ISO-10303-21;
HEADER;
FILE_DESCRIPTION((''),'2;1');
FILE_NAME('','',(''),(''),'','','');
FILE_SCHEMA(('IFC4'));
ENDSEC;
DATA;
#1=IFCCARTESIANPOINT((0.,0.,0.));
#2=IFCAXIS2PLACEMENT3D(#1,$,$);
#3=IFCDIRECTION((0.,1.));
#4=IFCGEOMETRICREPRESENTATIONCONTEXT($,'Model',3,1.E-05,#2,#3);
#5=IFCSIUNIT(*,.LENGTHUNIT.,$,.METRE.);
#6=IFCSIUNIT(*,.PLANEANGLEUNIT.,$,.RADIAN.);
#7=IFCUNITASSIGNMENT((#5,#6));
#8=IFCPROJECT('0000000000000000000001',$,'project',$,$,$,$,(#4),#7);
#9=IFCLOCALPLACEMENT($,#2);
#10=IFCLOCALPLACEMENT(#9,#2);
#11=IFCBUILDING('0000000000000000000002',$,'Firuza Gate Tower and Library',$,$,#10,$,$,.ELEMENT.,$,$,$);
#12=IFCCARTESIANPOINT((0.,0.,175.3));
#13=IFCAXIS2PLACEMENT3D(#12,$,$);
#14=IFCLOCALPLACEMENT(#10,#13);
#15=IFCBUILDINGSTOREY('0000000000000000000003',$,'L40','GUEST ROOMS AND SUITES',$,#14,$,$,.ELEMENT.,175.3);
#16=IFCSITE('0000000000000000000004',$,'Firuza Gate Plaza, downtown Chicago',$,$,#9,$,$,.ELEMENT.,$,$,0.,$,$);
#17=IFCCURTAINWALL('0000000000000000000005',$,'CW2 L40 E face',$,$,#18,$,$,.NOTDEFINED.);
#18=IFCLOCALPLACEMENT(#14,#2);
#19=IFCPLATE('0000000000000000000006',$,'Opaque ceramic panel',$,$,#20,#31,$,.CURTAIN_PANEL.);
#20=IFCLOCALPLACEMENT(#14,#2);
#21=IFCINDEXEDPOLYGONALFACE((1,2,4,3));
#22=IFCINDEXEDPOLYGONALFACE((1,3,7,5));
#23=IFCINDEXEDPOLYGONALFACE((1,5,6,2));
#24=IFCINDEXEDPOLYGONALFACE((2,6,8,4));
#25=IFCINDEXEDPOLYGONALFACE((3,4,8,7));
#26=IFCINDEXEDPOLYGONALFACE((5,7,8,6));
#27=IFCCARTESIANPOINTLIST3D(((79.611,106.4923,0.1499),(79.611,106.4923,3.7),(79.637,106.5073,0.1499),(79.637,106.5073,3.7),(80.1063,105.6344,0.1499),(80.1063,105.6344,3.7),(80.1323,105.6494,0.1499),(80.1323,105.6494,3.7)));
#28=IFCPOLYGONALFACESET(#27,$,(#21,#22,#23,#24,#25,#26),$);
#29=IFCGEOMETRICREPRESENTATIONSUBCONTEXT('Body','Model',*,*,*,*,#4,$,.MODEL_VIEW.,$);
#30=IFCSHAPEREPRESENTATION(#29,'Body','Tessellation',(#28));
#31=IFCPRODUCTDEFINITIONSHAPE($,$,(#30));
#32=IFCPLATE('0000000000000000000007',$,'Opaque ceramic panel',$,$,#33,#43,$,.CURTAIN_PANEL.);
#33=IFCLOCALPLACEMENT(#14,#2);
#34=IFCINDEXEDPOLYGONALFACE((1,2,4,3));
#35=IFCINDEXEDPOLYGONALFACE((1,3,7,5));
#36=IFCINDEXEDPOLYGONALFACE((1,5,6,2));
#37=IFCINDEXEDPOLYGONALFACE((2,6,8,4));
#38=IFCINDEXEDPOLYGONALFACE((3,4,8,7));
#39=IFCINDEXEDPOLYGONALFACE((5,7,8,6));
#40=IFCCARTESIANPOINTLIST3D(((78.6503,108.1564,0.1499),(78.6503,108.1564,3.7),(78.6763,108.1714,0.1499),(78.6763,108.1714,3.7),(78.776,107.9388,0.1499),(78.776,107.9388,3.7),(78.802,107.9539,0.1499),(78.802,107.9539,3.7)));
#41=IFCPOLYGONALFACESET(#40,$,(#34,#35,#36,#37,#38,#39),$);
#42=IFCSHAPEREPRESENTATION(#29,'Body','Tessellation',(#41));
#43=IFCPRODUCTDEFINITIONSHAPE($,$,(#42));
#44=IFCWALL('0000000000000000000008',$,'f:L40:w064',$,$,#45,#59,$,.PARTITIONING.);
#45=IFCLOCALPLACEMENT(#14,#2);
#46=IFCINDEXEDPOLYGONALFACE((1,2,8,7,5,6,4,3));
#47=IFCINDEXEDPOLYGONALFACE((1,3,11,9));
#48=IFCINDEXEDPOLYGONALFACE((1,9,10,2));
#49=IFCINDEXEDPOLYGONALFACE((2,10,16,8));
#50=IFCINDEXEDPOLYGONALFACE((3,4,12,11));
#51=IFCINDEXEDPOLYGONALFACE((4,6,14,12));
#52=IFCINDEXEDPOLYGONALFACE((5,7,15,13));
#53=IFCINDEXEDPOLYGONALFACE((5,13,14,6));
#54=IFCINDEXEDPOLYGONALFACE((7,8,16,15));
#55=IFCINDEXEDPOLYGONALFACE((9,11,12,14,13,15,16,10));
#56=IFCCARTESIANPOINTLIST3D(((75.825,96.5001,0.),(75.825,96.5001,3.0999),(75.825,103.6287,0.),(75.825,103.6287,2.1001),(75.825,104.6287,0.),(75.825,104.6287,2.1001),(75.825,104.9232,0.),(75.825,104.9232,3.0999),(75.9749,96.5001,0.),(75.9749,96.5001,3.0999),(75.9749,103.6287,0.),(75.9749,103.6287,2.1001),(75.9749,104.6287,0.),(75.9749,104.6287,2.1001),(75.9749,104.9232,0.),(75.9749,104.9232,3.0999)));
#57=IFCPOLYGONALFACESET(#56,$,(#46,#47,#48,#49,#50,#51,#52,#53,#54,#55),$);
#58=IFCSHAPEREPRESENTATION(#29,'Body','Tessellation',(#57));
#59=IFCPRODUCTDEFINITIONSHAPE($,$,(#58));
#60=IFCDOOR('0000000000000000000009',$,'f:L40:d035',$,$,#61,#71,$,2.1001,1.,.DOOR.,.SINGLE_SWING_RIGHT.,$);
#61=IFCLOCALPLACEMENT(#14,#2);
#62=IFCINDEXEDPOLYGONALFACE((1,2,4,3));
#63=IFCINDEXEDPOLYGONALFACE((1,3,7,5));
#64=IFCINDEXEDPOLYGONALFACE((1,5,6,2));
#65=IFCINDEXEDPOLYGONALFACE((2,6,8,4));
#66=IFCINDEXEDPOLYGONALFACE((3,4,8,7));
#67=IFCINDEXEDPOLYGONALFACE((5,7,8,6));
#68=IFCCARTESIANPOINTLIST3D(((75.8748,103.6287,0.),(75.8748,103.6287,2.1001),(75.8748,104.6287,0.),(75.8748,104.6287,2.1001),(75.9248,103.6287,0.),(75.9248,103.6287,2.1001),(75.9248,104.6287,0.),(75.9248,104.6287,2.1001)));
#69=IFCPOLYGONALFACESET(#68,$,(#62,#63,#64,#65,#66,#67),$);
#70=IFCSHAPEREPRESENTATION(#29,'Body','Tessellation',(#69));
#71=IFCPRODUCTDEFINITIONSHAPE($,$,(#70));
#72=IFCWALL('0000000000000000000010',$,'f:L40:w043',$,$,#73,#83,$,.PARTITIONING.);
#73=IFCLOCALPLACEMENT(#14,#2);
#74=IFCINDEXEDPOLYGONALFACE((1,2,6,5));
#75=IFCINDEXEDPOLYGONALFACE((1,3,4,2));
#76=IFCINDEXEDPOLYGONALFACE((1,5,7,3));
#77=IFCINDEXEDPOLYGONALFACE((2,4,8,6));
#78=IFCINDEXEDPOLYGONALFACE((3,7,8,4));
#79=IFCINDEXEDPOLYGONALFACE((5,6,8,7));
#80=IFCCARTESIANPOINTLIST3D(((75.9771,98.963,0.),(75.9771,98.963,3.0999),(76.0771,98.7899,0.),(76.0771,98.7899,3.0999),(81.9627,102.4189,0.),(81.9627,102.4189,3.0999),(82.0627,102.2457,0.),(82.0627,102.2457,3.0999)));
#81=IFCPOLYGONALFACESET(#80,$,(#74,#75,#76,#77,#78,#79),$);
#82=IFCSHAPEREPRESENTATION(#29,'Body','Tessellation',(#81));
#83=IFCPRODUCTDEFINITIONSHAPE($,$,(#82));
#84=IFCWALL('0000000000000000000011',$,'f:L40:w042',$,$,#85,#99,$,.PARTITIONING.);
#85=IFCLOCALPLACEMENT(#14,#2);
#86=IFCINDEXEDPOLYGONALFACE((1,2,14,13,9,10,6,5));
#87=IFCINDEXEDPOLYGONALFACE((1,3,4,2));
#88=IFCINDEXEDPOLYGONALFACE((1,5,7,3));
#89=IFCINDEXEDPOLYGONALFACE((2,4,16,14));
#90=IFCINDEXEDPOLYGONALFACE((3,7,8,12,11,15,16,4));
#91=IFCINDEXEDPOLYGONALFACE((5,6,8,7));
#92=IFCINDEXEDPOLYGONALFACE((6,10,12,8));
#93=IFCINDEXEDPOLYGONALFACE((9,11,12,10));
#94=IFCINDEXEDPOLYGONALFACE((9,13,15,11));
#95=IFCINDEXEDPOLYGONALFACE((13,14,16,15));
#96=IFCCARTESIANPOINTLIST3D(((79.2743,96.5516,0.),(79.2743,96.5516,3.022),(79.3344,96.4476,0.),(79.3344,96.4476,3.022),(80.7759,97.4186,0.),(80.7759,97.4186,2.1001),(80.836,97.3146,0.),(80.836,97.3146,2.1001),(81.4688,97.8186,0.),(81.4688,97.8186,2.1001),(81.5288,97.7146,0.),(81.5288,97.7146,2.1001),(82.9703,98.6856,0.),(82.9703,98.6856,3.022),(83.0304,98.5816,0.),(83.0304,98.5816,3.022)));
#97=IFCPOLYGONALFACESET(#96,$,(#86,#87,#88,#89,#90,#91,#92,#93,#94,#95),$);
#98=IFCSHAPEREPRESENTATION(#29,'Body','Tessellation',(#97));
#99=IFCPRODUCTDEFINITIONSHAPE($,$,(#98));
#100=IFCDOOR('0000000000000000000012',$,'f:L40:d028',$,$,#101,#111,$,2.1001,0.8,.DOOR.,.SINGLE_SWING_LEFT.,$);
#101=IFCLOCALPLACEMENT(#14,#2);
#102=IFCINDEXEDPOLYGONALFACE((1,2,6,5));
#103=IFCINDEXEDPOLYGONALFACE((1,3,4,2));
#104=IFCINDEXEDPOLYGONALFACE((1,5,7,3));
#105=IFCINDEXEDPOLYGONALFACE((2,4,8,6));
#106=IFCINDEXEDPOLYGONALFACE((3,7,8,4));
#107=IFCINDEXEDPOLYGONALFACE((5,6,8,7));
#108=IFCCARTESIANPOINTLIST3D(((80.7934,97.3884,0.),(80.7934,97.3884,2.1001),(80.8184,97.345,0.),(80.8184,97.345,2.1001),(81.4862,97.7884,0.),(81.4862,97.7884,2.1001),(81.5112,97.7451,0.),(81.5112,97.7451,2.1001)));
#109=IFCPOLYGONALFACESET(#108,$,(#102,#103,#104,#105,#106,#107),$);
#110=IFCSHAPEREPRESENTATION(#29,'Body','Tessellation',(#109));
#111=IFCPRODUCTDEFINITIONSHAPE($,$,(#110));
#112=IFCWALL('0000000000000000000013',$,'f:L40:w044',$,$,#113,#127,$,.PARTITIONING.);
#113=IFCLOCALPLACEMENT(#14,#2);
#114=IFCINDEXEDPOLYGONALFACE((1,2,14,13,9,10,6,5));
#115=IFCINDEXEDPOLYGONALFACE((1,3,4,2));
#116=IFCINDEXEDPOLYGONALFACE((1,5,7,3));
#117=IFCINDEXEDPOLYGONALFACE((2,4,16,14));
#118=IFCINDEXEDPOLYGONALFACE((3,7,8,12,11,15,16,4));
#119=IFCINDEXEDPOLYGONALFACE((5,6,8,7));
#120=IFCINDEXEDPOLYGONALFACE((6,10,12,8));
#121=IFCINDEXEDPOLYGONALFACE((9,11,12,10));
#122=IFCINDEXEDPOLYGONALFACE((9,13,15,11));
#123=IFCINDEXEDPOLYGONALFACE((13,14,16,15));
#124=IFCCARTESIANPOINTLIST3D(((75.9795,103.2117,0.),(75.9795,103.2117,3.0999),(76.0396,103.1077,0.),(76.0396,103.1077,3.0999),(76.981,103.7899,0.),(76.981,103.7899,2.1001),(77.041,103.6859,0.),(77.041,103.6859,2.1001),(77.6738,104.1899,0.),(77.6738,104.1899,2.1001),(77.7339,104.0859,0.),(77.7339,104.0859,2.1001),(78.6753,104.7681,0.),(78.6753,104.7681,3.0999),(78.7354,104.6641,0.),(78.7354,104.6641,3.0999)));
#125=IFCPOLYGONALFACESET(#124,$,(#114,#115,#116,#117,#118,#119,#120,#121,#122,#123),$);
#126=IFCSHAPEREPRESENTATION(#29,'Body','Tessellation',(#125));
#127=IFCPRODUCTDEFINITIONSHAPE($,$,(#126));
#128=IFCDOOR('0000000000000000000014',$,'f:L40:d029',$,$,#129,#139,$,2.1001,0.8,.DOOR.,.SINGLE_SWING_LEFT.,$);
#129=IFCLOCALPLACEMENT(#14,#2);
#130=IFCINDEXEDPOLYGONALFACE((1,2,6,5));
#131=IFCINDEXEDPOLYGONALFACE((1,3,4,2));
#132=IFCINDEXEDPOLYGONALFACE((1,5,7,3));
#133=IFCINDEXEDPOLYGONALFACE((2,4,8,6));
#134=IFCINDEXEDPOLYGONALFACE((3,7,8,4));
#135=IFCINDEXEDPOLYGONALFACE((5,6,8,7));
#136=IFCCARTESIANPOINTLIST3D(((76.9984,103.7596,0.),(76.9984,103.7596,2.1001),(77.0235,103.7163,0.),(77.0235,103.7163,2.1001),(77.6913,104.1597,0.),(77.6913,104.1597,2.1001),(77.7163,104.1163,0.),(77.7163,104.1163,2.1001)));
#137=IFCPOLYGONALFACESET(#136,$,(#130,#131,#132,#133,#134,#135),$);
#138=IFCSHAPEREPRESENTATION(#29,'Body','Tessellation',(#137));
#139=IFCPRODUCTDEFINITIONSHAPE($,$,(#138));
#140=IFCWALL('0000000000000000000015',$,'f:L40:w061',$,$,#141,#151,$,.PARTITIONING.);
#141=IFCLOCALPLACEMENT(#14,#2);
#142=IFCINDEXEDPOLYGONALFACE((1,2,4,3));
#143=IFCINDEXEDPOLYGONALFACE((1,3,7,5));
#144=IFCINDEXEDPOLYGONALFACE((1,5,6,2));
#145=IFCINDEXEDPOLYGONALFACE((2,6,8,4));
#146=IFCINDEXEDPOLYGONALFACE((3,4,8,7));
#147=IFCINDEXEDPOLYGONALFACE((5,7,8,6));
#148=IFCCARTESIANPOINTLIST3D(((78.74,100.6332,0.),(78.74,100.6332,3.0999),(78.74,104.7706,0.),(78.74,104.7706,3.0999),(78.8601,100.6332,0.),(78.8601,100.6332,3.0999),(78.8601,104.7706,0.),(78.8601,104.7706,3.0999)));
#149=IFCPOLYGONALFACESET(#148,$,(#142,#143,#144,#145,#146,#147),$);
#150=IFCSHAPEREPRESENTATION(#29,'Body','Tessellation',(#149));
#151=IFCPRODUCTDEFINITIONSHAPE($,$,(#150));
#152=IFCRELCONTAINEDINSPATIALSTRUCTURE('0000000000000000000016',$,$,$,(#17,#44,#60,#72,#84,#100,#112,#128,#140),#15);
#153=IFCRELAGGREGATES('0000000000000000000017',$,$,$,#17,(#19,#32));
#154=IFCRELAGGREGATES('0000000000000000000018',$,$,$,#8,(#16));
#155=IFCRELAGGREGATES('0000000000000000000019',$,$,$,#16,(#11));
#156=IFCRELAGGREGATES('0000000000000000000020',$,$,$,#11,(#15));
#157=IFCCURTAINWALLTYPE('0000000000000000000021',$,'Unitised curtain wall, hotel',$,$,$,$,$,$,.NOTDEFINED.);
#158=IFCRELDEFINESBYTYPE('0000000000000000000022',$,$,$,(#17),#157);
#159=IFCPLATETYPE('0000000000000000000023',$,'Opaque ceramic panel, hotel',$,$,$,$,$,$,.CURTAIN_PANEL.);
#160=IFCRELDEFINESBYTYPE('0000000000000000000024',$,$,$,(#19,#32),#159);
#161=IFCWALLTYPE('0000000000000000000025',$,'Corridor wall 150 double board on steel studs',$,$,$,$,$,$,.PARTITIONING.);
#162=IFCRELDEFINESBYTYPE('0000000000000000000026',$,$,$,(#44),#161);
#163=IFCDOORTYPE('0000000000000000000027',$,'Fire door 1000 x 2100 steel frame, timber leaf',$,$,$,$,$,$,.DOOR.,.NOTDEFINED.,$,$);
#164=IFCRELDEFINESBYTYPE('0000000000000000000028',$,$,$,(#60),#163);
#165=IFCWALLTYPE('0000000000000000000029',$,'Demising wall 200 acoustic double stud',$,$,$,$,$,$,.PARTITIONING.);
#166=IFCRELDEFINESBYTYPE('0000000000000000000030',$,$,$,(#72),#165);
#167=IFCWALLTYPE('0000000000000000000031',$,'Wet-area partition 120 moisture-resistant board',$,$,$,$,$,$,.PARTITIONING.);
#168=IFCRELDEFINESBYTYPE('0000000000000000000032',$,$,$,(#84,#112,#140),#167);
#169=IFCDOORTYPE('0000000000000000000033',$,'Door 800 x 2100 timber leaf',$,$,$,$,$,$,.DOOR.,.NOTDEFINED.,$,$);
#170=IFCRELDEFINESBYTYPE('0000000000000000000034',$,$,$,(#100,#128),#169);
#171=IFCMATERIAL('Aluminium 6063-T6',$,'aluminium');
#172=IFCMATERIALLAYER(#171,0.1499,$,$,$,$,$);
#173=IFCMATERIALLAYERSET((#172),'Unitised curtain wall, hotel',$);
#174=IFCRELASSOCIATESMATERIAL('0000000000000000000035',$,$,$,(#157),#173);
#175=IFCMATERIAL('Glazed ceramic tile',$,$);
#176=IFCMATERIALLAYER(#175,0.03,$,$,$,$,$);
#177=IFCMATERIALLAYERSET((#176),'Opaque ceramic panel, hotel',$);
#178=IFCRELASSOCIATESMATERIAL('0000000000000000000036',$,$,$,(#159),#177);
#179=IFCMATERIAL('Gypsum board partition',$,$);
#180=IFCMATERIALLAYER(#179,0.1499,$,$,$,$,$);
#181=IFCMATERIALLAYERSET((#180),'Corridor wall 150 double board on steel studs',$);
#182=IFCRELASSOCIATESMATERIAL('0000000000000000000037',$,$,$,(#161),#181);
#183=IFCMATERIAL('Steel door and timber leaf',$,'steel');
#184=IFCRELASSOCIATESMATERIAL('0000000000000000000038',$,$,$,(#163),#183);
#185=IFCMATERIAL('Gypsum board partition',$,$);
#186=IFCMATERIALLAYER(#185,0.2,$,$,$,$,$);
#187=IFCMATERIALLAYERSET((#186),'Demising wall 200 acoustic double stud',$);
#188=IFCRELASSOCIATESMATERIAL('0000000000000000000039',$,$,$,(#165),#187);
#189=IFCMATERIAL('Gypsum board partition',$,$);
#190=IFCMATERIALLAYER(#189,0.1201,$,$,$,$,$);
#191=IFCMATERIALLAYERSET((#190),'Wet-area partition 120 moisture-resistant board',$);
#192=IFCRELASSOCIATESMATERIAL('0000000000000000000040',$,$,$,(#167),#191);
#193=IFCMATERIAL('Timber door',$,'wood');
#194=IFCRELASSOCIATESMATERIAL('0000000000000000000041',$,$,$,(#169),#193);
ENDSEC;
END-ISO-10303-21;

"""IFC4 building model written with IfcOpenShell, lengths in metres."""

from ifc_helpers import new_model, si_unit, direction, frame, frame_2d, origin, place, context, subcontext, project, spatial, polyline, rectangle, outline, extrude, material, layer, layer_set, type_object, element, fill, aggregate, save


model = new_model("IFC4")

# Units and contexts
model_context = context("Model", 3, precision=1e-05, world=origin(), true_north=direction((0.0, 1.0)))
body_context = subcontext(model_context, "Body", "Model", "MODEL_VIEW")
ifc_project = project(units=[si_unit("LENGTHUNIT", "METRE"), si_unit("PLANEANGLEUNIT", "RADIAN")], contexts=[model_context])

# Site, building, storey
site_placement = place(None, origin())
site = spatial("IfcSite", under=ifc_project, at=site_placement, Name="Firuza Gate Plaza, downtown Chicago", CompositionType="ELEMENT", RefElevation=0.0)
building_placement = place(site_placement, origin())
building = spatial("IfcBuilding", under=site, at=building_placement, Name="Firuza Gate Tower and Library", CompositionType="ELEMENT")
storey_placement = place(building_placement, frame((0.0, 0.0, 175.3)))
storey = spatial("IfcBuildingStorey", under=building, at=storey_placement, Name="L40", Description="GUEST ROOMS AND SUITES", CompositionType="ELEMENT", Elevation=175.3)

# Curtain wall
ifc_material_1 = material(Name="Aluminium 6063-T6", Category="aluminium")
ifc_layer_1 = layer(ifc_material_1, 0.1499)
ifc_layer_set_1 = layer_set([ifc_layer_1], Name="Unitised curtain wall, hotel")
curtain_wall_type_1 = type_object("IfcCurtainWallType", Name="Unitised curtain wall, hotel", PredefinedType="NOTDEFINED", material=ifc_layer_set_1)
placement = place(storey_placement, origin())
curtain_wall_1 = element("IfcCurtainWall", 1, at=placement, inside=storey, type_object=curtain_wall_type_1, Name="CW2 L40 E face", PredefinedType="NOTDEFINED")

# Plates
ifc_material_2 = material(Name="Glazed ceramic tile")
ifc_layer_2 = layer(ifc_material_2, 0.03)
ifc_layer_set_2 = layer_set([ifc_layer_2], Name="Opaque ceramic panel, hotel")
plate_type_1 = type_object("IfcPlateType", Name="Opaque ceramic panel, hotel", PredefinedType="CURTAIN_PANEL", material=ifc_layer_set_2)
plate_1_placement = place(storey_placement, frame((80.1323, 105.6494, 0.1499), z_axis=(0.866005, 0.500035, 0.0), x_axis=(-0.500035, 0.866005, 0.0)))
plate_1 = element("IfcPlate", 2, at=plate_1_placement, type_object=plate_type_1, Name="Opaque ceramic panel", PredefinedType="CURTAIN_PANEL", context=body_context, shape_type="SweptSolid", body=[
    extrude(outline(polyline([(0.0, 0.0), (0.9907, 0.0), (0.9907, 3.55), (0.0, 3.55), (0.0, 0.0)])), origin(), (0.0, 0.0, -1.0), 0.03),
])
plate_2_placement = place(storey_placement, frame((78.802, 107.9539, 0.1499), z_axis=(0.865781, 0.500423, 0.0), x_axis=(-0.500423, 0.865781, 0.0)))
plate_2 = element("IfcPlate", 3, at=plate_2_placement, type_object=plate_type_1, Name="Opaque ceramic panel", PredefinedType="CURTAIN_PANEL", context=body_context, shape_type="SweptSolid", body=[
    extrude(outline(polyline([(0.0, 0.0), (0.2513, 0.0), (0.2513, 3.55), (0.0, 3.55), (0.0, 0.0)])), origin(), (0.0, 0.0, -1.0), 0.03),
])
aggregate(curtain_wall_1, [plate_1, plate_2])

# Wall, opening, door
ifc_material_3 = material(Name="Gypsum board partition")
ifc_layer_3 = layer(ifc_material_3, 0.1499)
ifc_layer_set_3 = layer_set([ifc_layer_3], Name="Corridor wall 150 double board on steel studs")
wall_type_1 = type_object("IfcWallType", Name="Corridor wall 150 double board on steel studs", PredefinedType="PARTITIONING", material=ifc_layer_set_3)
wall_1_placement = place(storey_placement, frame((75.8999, 104.9231, 0.0), z_axis=(0.0, 0.0, 1.0), x_axis=(0.0, -1.0, 0.0)))
wall_1 = element("IfcWall", 4, at=wall_1_placement, inside=storey, type_object=wall_type_1, Name="f:L40:w064", PredefinedType="PARTITIONING", context=body_context, shape_type="SweptSolid", body=[
    extrude(rectangle(XDim=8.4231, YDim=0.1499, at=frame_2d((4.2114, 0.0))), origin(), (0.0, 0.0, 1.0), 3.0999),
])
opening_1_placement = place(wall_1_placement, frame((0.2944, 0.0, 0.0)))
opening_1 = element("IfcOpeningElement", 5, at=opening_1_placement, cuts=wall_1, PredefinedType="OPENING", context=body_context, shape_type="SweptSolid", body=[
    extrude(rectangle(XDim=1.0, YDim=2.1001, at=frame_2d((0.5, 1.05))), frame((0.0, 0.085, 0.0), z_axis=(0.0, -1.0, 0.0), x_axis=(1.0, 0.0, 0.0)), (0.0, 0.0, 1.0), 0.1699),
])
ifc_material_4 = material(Name="Steel door and timber leaf", Category="steel")
door_type_1 = type_object("IfcDoorType", Name="Fire door 1000 x 2100 steel frame, timber leaf", OperationType="NOTDEFINED", PredefinedType="DOOR", material=ifc_material_4)
door_1_placement = place(opening_1_placement, origin())
door_1 = element("IfcDoor", 6, at=door_1_placement, inside=storey, type_object=door_type_1, Name="f:L40:d035", OperationType="SINGLE_SWING_RIGHT", OverallHeight=2.1001, OverallWidth=1.0, PredefinedType="DOOR", context=body_context, shape_type="SweptSolid", body=[
    extrude(rectangle(XDim=1.0, YDim=2.1001, at=frame_2d((0.5, 1.05))), frame((0.0, 0.0249, 0.0), z_axis=(0.0, -1.0, 0.0), x_axis=(1.0, 0.0, 0.0)), (0.0, 0.0, 1.0), 0.05),
])
fill(opening_1, door_1)

# Wall
ifc_material_5 = material(Name="Gypsum board partition")
ifc_layer_4 = layer(ifc_material_5, 0.2)
ifc_layer_set_4 = layer_set([ifc_layer_4], Name="Demising wall 200 acoustic double stud")
wall_type_2 = type_object("IfcWallType", Name="Demising wall 200 acoustic double stud", PredefinedType="PARTITIONING", material=ifc_layer_set_4)
wall_2_placement = place(storey_placement, frame((76.0271, 98.8765, 0.0), z_axis=(0.0, 0.0, 1.0), x_axis=(0.866024, 0.500003, 0.0)))
element("IfcWall", 7, at=wall_2_placement, inside=storey, type_object=wall_type_2, Name="f:L40:w043", PredefinedType="PARTITIONING", context=body_context, shape_type="SweptSolid", body=[
    extrude(rectangle(XDim=6.9116, YDim=0.2, at=frame_2d((3.4558, 0.0))), origin(), (0.0, 0.0, 1.0), 3.0999),
])

# Walls, openings, doors
ifc_material_6 = material(Name="Gypsum board partition")
ifc_layer_5 = layer(ifc_material_6, 0.1201)
ifc_layer_set_5 = layer_set([ifc_layer_5], Name="Wet-area partition 120 moisture-resistant board")
wall_type_3 = type_object("IfcWallType", Name="Wet-area partition 120 moisture-resistant board", PredefinedType="PARTITIONING", material=ifc_layer_set_5)
wall_3_placement = place(storey_placement, frame((83.0002, 98.6335, 0.0), z_axis=(0.0, 0.0, 1.0), x_axis=(-0.866013, -0.500021, 0.0)))
wall_3 = element("IfcWall", 8, at=wall_3_placement, inside=storey, type_object=wall_type_3, Name="f:L40:w042", PredefinedType="PARTITIONING", context=body_context, shape_type="SweptSolid", body=[
    extrude(rectangle(XDim=4.2678, YDim=0.1201, at=frame_2d((2.1338, 0.0))), origin(), (0.0, 0.0, 1.0), 3.022),
])
opening_2_placement = place(wall_3_placement, frame((1.7339, 0.0, 0.0)))
opening_2 = element("IfcOpeningElement", 9, at=opening_2_placement, cuts=wall_3, PredefinedType="OPENING", context=body_context, shape_type="SweptSolid", body=[
    extrude(rectangle(XDim=0.8, YDim=2.1001, at=frame_2d((0.3999, 1.05))), frame((0.0, 0.0701, 0.0), z_axis=(0.0, -1.0, 0.0), x_axis=(1.0, 0.0, 0.0)), (0.0, 0.0, 1.0), 0.1401),
])
ifc_material_7 = material(Name="Timber door", Category="wood")
door_type_2 = type_object("IfcDoorType", Name="Door 800 x 2100 timber leaf", OperationType="NOTDEFINED", PredefinedType="DOOR", material=ifc_material_7)
door_2_placement = place(opening_2_placement, origin())
door_2 = element("IfcDoor", 10, at=door_2_placement, inside=storey, type_object=door_type_2, Name="f:L40:d028", OperationType="SINGLE_SWING_LEFT", OverallHeight=2.1001, OverallWidth=0.8, PredefinedType="DOOR", context=body_context, shape_type="SweptSolid", body=[
    extrude(rectangle(XDim=0.8, YDim=2.1001, at=frame_2d((0.3999, 1.05))), frame((0.0, 0.0249, 0.0), z_axis=(0.0, -1.0, 0.0), x_axis=(1.0, 0.0, 0.0)), (0.0, 0.0, 1.0), 0.05),
])
fill(opening_2, door_2)
wall_4_placement = place(storey_placement, frame((78.7053, 104.7161, 0.0), z_axis=(0.0, 0.0, 1.0), x_axis=(-0.866029, -0.499994, 0.0)))
wall_4 = element("IfcWall", 11, at=wall_4_placement, inside=storey, type_object=wall_type_3, Name="f:L40:w044", PredefinedType="PARTITIONING", context=body_context, shape_type="SweptSolid", body=[
    extrude(rectangle(XDim=3.1128, YDim=0.1201, at=frame_2d((1.5564, 0.0))), origin(), (0.0, 0.0, 1.0), 3.0999),
])
opening_3_placement = place(wall_4_placement, frame((1.1565, 0.0, 0.0)))
opening_3 = element("IfcOpeningElement", 12, at=opening_3_placement, cuts=wall_4, PredefinedType="OPENING", context=body_context, shape_type="SweptSolid", body=[
    extrude(rectangle(XDim=0.8, YDim=2.1001, at=frame_2d((0.3999, 1.05))), frame((0.0, 0.0701, 0.0), z_axis=(0.0, -1.0, 0.0), x_axis=(1.0, 0.0, 0.0)), (0.0, 0.0, 1.0), 0.1401),
])
door_3_placement = place(opening_3_placement, origin())
door_3 = element("IfcDoor", 13, at=door_3_placement, inside=storey, type_object=door_type_2, Name="f:L40:d029", OperationType="SINGLE_SWING_LEFT", OverallHeight=2.1001, OverallWidth=0.8, PredefinedType="DOOR", context=body_context, shape_type="SweptSolid", body=[
    extrude(rectangle(XDim=0.8, YDim=2.1001, at=frame_2d((0.3999, 1.05))), frame((0.0, 0.0249, 0.0), z_axis=(0.0, -1.0, 0.0), x_axis=(1.0, 0.0, 0.0)), (0.0, 0.0, 1.0), 0.05),
])
fill(opening_3, door_3)

# Wall
wall_5_placement = place(storey_placement, frame((78.8, 100.6331, 0.0), z_axis=(0.0, 0.0, 1.0), x_axis=(0.0, 1.0, 0.0)))
element("IfcWall", 14, at=wall_5_placement, inside=storey, type_object=wall_type_3, Name="f:L40:w061", PredefinedType="PARTITIONING", context=body_context, shape_type="SweptSolid", body=[
    extrude(rectangle(XDim=4.1375, YDim=0.1201, at=frame_2d((2.0688, 0.0))), origin(), (0.0, 0.0, 1.0), 3.0999),
])

save(model, "model.ifc")
